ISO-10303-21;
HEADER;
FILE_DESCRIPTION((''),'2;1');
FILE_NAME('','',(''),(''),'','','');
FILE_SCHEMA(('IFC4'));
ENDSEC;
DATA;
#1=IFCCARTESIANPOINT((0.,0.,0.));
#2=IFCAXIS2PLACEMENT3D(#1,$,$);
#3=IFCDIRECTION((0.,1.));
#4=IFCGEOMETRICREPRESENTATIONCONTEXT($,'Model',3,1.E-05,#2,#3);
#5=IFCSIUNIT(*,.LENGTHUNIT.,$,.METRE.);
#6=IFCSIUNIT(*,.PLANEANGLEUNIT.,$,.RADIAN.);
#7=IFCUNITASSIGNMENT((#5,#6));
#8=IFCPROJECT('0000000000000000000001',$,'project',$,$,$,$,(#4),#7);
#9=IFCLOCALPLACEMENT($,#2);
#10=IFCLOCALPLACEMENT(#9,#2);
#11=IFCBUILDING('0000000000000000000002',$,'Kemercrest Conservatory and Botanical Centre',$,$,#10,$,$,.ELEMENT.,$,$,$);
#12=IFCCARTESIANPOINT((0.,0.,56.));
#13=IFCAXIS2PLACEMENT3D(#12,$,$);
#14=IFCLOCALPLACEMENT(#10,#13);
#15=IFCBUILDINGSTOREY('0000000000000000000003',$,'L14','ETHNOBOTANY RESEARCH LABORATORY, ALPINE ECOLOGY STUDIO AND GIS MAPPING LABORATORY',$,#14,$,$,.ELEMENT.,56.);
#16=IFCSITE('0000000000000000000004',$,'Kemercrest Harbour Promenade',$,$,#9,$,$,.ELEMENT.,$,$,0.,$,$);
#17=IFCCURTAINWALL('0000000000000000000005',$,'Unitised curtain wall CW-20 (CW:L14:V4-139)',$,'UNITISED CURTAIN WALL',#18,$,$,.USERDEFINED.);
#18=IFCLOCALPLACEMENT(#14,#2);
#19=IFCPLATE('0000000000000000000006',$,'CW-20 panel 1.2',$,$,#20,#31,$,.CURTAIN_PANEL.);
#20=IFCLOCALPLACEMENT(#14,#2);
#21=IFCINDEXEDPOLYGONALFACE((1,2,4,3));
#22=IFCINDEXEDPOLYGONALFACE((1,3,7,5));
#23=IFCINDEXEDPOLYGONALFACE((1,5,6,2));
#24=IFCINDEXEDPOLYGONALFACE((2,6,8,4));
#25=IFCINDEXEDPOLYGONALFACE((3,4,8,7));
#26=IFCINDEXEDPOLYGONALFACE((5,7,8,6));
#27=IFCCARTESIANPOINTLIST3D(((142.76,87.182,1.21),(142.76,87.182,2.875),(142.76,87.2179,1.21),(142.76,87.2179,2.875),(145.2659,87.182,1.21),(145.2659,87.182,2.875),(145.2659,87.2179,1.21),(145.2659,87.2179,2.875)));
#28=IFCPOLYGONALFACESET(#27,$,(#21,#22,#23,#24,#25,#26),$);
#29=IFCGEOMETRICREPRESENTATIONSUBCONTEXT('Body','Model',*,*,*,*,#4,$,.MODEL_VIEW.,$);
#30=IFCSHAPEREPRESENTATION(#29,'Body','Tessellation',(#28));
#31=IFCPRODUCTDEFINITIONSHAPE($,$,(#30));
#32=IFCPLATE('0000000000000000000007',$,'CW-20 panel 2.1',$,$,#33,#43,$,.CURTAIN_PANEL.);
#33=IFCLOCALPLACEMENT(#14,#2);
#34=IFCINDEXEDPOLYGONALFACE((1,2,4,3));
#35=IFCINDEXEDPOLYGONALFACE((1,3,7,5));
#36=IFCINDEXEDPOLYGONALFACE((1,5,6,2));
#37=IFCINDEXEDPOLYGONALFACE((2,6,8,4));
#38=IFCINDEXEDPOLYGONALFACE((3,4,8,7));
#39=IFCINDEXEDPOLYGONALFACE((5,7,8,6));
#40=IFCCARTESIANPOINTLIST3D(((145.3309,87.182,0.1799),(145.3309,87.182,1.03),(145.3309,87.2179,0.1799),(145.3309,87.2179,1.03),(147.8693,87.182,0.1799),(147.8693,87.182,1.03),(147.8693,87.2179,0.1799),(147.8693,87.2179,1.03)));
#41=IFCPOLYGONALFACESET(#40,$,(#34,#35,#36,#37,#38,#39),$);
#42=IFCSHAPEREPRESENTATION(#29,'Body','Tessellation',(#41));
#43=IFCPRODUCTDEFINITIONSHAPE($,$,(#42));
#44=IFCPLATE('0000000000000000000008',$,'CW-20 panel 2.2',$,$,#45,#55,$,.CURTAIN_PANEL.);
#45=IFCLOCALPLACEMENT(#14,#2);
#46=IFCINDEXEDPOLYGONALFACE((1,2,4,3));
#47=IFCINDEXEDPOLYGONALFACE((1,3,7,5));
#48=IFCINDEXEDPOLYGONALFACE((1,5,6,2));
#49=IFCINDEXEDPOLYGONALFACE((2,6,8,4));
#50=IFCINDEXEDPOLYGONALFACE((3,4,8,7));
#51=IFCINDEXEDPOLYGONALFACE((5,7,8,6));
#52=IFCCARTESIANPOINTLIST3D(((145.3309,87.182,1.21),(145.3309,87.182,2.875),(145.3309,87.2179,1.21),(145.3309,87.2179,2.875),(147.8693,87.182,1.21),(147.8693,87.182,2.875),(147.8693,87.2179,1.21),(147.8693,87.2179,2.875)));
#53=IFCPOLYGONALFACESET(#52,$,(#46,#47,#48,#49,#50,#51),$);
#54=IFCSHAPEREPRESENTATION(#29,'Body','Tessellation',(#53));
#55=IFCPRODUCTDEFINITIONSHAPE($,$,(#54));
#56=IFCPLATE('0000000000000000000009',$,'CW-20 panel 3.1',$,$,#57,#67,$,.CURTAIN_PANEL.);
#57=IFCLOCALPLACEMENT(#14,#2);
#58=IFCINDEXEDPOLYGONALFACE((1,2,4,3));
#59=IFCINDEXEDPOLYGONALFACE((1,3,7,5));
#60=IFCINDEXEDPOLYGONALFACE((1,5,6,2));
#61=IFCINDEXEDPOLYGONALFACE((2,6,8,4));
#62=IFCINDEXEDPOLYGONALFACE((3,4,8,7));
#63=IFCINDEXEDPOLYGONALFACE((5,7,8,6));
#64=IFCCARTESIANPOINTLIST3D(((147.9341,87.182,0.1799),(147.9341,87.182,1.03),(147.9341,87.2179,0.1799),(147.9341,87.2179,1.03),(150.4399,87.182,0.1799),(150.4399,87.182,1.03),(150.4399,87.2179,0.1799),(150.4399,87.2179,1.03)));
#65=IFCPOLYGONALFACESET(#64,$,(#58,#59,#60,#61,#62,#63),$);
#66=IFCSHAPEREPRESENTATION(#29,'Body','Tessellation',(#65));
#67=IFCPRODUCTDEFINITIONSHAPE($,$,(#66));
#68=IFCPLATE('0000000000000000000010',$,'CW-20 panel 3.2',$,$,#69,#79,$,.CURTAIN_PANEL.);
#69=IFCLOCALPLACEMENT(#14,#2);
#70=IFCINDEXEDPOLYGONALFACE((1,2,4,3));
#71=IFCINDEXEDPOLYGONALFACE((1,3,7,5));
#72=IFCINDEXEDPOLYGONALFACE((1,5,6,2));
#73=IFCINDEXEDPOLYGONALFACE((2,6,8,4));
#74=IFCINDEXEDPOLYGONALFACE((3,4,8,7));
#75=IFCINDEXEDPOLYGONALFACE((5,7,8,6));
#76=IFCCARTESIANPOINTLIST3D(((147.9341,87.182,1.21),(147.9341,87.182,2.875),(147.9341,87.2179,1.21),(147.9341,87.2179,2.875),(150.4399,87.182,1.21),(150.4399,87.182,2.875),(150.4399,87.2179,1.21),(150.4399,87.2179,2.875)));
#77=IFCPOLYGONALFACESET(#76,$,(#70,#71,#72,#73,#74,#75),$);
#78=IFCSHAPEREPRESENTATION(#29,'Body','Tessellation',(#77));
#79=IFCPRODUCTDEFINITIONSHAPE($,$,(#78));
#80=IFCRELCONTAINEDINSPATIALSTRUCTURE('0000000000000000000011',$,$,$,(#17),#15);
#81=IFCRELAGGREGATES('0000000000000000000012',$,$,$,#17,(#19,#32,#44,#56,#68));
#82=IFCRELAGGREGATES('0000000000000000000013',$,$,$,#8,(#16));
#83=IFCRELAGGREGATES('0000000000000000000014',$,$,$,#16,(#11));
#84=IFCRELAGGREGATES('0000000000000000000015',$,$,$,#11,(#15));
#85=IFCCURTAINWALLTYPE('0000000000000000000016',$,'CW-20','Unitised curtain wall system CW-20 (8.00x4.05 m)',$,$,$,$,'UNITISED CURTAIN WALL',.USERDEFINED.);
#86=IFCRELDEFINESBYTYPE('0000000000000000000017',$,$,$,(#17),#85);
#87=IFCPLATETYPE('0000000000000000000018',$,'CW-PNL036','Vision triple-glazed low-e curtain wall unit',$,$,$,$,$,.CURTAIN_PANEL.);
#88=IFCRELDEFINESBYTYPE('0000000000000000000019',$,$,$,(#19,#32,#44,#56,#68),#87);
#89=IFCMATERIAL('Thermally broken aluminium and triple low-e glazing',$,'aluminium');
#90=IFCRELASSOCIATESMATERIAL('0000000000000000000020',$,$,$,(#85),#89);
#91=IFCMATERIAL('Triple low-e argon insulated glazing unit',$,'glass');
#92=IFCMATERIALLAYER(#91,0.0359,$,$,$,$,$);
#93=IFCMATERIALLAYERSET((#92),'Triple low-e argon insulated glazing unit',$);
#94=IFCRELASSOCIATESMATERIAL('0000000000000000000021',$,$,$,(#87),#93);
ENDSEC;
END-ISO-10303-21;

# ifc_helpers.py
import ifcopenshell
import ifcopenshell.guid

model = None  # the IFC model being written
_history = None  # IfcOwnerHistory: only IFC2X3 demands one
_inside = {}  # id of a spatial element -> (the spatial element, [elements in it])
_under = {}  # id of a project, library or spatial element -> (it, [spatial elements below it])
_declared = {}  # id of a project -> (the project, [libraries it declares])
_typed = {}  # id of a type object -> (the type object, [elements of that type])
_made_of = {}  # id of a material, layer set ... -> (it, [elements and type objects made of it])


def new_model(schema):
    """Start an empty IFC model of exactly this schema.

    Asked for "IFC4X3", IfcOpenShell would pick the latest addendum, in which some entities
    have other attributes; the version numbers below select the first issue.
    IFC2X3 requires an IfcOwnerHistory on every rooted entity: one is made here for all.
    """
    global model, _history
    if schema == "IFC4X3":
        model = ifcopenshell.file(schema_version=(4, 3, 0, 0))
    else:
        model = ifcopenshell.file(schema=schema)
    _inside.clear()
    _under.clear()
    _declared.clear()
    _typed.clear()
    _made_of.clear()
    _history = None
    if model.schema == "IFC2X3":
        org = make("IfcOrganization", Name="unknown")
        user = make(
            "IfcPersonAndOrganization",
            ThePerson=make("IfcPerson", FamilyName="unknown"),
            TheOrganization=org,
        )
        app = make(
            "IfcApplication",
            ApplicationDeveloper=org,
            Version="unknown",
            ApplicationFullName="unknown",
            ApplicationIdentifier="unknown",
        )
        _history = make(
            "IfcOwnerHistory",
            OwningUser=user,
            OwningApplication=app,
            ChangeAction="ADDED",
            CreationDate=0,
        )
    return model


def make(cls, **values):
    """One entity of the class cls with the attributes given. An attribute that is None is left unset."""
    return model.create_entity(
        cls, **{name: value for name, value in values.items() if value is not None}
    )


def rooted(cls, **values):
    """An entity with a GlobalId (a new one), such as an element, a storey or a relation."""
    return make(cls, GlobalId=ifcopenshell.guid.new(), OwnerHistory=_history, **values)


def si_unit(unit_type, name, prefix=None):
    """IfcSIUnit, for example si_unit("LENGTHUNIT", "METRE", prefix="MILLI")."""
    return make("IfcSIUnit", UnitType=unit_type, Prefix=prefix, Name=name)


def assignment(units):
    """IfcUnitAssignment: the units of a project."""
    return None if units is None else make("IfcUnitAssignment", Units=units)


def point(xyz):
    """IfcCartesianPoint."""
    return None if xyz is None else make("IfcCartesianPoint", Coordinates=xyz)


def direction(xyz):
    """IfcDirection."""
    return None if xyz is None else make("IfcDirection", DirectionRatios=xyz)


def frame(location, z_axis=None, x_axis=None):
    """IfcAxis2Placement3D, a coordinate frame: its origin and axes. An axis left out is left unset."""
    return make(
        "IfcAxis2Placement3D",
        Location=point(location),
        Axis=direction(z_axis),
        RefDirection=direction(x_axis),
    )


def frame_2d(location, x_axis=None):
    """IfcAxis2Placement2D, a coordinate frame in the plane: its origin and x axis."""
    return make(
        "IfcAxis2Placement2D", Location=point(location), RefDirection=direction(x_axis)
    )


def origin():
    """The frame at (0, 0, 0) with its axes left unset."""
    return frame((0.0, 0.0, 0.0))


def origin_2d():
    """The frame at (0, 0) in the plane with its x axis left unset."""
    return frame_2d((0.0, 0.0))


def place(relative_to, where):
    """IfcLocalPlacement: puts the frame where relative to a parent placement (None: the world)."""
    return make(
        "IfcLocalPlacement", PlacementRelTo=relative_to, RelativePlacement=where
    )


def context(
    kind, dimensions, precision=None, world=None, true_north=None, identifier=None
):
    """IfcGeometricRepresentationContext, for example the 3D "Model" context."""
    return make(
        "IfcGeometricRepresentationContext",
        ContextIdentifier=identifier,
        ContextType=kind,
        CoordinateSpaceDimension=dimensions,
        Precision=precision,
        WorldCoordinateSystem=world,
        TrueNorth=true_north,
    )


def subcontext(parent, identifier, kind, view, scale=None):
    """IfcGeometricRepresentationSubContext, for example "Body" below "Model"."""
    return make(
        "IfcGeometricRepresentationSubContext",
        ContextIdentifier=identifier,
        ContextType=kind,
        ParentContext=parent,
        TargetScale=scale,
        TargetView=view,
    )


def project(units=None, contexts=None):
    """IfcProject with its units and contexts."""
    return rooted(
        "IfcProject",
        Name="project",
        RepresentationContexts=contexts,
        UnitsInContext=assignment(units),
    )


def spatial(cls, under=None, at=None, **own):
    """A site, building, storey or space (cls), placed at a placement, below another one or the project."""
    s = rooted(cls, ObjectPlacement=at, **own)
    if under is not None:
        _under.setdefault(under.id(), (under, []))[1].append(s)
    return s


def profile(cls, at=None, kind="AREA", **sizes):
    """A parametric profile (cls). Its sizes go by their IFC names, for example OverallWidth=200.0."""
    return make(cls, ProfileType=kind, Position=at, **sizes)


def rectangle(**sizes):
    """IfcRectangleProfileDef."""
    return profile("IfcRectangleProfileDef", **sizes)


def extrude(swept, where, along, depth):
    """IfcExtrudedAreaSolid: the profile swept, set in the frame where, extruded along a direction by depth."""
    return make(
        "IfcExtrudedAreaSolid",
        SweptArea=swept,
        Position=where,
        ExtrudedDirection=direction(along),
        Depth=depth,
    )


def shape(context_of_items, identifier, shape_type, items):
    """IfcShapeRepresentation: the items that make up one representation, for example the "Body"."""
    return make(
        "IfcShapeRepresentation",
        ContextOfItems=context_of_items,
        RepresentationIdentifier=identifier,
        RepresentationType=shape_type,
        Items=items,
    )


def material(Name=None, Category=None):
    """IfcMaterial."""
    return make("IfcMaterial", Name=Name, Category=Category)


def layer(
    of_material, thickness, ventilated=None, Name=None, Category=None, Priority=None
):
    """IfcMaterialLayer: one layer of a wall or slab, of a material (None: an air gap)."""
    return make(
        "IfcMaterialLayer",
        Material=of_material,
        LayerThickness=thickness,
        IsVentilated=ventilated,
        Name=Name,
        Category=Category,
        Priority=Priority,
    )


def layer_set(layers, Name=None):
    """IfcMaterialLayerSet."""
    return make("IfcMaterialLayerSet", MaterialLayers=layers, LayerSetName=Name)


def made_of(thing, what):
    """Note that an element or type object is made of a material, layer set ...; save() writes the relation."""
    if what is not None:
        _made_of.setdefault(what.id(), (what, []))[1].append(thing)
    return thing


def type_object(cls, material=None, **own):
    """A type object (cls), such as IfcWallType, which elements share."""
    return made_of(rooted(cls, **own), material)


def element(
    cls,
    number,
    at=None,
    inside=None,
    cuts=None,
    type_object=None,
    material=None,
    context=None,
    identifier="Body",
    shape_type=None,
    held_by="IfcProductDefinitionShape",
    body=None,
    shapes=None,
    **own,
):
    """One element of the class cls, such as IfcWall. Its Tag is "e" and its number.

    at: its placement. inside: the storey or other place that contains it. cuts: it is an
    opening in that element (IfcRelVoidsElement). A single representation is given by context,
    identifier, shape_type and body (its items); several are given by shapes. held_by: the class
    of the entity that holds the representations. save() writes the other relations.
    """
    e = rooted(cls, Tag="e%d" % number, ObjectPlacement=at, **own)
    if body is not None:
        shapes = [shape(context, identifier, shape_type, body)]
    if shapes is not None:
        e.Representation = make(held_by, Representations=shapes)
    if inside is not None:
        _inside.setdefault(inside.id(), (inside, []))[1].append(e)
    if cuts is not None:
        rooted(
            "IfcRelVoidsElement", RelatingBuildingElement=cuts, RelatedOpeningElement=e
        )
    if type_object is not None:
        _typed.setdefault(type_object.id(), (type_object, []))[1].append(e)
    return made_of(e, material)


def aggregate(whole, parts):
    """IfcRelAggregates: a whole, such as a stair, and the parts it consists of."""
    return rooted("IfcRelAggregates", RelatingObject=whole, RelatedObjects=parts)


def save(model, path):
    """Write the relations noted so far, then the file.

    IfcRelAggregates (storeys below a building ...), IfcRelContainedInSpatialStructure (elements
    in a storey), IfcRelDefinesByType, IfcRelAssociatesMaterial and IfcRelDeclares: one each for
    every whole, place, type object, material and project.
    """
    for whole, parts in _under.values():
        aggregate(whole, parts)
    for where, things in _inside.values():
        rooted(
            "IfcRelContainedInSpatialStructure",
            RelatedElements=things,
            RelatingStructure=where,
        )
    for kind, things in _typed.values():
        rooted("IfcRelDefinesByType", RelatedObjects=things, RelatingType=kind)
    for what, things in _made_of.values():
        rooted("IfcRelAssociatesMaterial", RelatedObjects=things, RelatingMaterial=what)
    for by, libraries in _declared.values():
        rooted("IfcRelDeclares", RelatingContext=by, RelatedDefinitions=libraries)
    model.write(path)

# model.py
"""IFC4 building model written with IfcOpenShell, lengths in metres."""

from ifc_helpers import new_model, si_unit, direction, frame, origin, origin_2d, place, context, subcontext, project, spatial, rectangle, extrude, material, layer, layer_set, type_object, element, aggregate, save


model = new_model("IFC4")

# Units and contexts
model_context = context("Model", 3, precision=1e-05, world=origin(), true_north=direction((0.0, 1.0)))
body_context = subcontext(model_context, "Body", "Model", "MODEL_VIEW")
ifc_project = project(units=[si_unit("LENGTHUNIT", "METRE"), si_unit("PLANEANGLEUNIT", "RADIAN")], contexts=[model_context])

# Site, building, storey
site_placement = place(None, origin())
site = spatial("IfcSite", under=ifc_project, at=site_placement, Name="Kemercrest Harbour Promenade", CompositionType="ELEMENT", RefElevation=0.0)
building_placement = place(site_placement, origin())
building = spatial("IfcBuilding", under=site, at=building_placement, Name="Kemercrest Conservatory and Botanical Centre", CompositionType="ELEMENT")
storey_placement = place(building_placement, frame((0.0, 0.0, 56.0)))
storey = spatial("IfcBuildingStorey", under=building, at=storey_placement, Name="L14", Description="ETHNOBOTANY RESEARCH LABORATORY, ALPINE ECOLOGY STUDIO AND GIS MAPPING LABORATORY", CompositionType="ELEMENT", Elevation=56.0)

# Curtain wall, plates
ifc_material_1 = material(Name="Thermally broken aluminium and triple low-e glazing", Category="aluminium")
curtain_wall_type = type_object("IfcCurtainWallType", Name="CW-20", Description="Unitised curtain wall system CW-20 (8.00x4.05 m)", ElementType="UNITISED CURTAIN WALL", PredefinedType="USERDEFINED", material=ifc_material_1)
curtain_wall_placement = place(storey_placement, origin())
curtain_wall = element("IfcCurtainWall", 1, at=curtain_wall_placement, inside=storey, type_object=curtain_wall_type, Name="Unitised curtain wall CW-20 (CW:L14:V4-139)", ObjectType="UNITISED CURTAIN WALL", PredefinedType="USERDEFINED")
ifc_material_2 = material(Name="Triple low-e argon insulated glazing unit", Category="glass")
ifc_layer = layer(ifc_material_2, 0.0359)
ifc_layer_set = layer_set([ifc_layer], Name="Triple low-e argon insulated glazing unit")
plate_type = type_object("IfcPlateType", Name="CW-PNL036", Description="Vision triple-glazed low-e curtain wall unit", PredefinedType="CURTAIN_PANEL", material=ifc_layer_set)
plate_1_placement = place(storey_placement, frame((144.0129, 87.2, 1.21), z_axis=(0.0, 0.0, 1.0), x_axis=(1.0, 0.0, 0.0)))
plate_1 = element("IfcPlate", 2, at=plate_1_placement, type_object=plate_type, Name="CW-20 panel 1.2", PredefinedType="CURTAIN_PANEL", context=body_context, shape_type="SweptSolid", body=[
    extrude(rectangle(XDim=2.5059, YDim=0.0359, at=origin_2d()), origin(), (0.0, 0.0, 1.0), 1.665),
])
plate_2_placement = place(storey_placement, frame((146.6001, 87.2, 0.1799), z_axis=(0.0, 0.0, 1.0), x_axis=(1.0, 0.0, 0.0)))
plate_2 = element("IfcPlate", 3, at=plate_2_placement, type_object=plate_type, Name="CW-20 panel 2.1", PredefinedType="CURTAIN_PANEL", context=body_context, shape_type="SweptSolid", body=[
    extrude(rectangle(XDim=2.5383, YDim=0.0359, at=origin_2d()), origin(), (0.0, 0.0, 1.0), 0.8501),
])
plate_3_placement = place(storey_placement, frame((146.6001, 87.2, 1.21), z_axis=(0.0, 0.0, 1.0), x_axis=(1.0, 0.0, 0.0)))
plate_3 = element("IfcPlate", 4, at=plate_3_placement, type_object=plate_type, Name="CW-20 panel 2.2", PredefinedType="CURTAIN_PANEL", context=body_context, shape_type="SweptSolid", body=[
    extrude(rectangle(XDim=2.5383, YDim=0.0359, at=origin_2d()), origin(), (0.0, 0.0, 1.0), 1.665),
])
plate_4_placement = place(storey_placement, frame((149.187, 87.2, 0.1799), z_axis=(0.0, 0.0, 1.0), x_axis=(1.0, 0.0, 0.0)))
plate_4 = element("IfcPlate", 5, at=plate_4_placement, type_object=plate_type, Name="CW-20 panel 3.1", PredefinedType="CURTAIN_PANEL", context=body_context, shape_type="SweptSolid", body=[
    extrude(rectangle(XDim=2.5059, YDim=0.0359, at=origin_2d()), origin(), (0.0, 0.0, 1.0), 0.8501),
])
plate_5_placement = place(storey_placement, frame((149.187, 87.2, 1.21), z_axis=(0.0, 0.0, 1.0), x_axis=(1.0, 0.0, 0.0)))
plate_5 = element("IfcPlate", 6, at=plate_5_placement, type_object=plate_type, Name="CW-20 panel 3.2", PredefinedType="CURTAIN_PANEL", context=body_context, shape_type="SweptSolid", body=[
    extrude(rectangle(XDim=2.5059, YDim=0.0359, at=origin_2d()), origin(), (0.0, 0.0, 1.0), 1.665),
])
aggregate(curtain_wall, [plate_1, plate_2, plate_3, plate_4, plate_5])

save(model, "model.ifc")
